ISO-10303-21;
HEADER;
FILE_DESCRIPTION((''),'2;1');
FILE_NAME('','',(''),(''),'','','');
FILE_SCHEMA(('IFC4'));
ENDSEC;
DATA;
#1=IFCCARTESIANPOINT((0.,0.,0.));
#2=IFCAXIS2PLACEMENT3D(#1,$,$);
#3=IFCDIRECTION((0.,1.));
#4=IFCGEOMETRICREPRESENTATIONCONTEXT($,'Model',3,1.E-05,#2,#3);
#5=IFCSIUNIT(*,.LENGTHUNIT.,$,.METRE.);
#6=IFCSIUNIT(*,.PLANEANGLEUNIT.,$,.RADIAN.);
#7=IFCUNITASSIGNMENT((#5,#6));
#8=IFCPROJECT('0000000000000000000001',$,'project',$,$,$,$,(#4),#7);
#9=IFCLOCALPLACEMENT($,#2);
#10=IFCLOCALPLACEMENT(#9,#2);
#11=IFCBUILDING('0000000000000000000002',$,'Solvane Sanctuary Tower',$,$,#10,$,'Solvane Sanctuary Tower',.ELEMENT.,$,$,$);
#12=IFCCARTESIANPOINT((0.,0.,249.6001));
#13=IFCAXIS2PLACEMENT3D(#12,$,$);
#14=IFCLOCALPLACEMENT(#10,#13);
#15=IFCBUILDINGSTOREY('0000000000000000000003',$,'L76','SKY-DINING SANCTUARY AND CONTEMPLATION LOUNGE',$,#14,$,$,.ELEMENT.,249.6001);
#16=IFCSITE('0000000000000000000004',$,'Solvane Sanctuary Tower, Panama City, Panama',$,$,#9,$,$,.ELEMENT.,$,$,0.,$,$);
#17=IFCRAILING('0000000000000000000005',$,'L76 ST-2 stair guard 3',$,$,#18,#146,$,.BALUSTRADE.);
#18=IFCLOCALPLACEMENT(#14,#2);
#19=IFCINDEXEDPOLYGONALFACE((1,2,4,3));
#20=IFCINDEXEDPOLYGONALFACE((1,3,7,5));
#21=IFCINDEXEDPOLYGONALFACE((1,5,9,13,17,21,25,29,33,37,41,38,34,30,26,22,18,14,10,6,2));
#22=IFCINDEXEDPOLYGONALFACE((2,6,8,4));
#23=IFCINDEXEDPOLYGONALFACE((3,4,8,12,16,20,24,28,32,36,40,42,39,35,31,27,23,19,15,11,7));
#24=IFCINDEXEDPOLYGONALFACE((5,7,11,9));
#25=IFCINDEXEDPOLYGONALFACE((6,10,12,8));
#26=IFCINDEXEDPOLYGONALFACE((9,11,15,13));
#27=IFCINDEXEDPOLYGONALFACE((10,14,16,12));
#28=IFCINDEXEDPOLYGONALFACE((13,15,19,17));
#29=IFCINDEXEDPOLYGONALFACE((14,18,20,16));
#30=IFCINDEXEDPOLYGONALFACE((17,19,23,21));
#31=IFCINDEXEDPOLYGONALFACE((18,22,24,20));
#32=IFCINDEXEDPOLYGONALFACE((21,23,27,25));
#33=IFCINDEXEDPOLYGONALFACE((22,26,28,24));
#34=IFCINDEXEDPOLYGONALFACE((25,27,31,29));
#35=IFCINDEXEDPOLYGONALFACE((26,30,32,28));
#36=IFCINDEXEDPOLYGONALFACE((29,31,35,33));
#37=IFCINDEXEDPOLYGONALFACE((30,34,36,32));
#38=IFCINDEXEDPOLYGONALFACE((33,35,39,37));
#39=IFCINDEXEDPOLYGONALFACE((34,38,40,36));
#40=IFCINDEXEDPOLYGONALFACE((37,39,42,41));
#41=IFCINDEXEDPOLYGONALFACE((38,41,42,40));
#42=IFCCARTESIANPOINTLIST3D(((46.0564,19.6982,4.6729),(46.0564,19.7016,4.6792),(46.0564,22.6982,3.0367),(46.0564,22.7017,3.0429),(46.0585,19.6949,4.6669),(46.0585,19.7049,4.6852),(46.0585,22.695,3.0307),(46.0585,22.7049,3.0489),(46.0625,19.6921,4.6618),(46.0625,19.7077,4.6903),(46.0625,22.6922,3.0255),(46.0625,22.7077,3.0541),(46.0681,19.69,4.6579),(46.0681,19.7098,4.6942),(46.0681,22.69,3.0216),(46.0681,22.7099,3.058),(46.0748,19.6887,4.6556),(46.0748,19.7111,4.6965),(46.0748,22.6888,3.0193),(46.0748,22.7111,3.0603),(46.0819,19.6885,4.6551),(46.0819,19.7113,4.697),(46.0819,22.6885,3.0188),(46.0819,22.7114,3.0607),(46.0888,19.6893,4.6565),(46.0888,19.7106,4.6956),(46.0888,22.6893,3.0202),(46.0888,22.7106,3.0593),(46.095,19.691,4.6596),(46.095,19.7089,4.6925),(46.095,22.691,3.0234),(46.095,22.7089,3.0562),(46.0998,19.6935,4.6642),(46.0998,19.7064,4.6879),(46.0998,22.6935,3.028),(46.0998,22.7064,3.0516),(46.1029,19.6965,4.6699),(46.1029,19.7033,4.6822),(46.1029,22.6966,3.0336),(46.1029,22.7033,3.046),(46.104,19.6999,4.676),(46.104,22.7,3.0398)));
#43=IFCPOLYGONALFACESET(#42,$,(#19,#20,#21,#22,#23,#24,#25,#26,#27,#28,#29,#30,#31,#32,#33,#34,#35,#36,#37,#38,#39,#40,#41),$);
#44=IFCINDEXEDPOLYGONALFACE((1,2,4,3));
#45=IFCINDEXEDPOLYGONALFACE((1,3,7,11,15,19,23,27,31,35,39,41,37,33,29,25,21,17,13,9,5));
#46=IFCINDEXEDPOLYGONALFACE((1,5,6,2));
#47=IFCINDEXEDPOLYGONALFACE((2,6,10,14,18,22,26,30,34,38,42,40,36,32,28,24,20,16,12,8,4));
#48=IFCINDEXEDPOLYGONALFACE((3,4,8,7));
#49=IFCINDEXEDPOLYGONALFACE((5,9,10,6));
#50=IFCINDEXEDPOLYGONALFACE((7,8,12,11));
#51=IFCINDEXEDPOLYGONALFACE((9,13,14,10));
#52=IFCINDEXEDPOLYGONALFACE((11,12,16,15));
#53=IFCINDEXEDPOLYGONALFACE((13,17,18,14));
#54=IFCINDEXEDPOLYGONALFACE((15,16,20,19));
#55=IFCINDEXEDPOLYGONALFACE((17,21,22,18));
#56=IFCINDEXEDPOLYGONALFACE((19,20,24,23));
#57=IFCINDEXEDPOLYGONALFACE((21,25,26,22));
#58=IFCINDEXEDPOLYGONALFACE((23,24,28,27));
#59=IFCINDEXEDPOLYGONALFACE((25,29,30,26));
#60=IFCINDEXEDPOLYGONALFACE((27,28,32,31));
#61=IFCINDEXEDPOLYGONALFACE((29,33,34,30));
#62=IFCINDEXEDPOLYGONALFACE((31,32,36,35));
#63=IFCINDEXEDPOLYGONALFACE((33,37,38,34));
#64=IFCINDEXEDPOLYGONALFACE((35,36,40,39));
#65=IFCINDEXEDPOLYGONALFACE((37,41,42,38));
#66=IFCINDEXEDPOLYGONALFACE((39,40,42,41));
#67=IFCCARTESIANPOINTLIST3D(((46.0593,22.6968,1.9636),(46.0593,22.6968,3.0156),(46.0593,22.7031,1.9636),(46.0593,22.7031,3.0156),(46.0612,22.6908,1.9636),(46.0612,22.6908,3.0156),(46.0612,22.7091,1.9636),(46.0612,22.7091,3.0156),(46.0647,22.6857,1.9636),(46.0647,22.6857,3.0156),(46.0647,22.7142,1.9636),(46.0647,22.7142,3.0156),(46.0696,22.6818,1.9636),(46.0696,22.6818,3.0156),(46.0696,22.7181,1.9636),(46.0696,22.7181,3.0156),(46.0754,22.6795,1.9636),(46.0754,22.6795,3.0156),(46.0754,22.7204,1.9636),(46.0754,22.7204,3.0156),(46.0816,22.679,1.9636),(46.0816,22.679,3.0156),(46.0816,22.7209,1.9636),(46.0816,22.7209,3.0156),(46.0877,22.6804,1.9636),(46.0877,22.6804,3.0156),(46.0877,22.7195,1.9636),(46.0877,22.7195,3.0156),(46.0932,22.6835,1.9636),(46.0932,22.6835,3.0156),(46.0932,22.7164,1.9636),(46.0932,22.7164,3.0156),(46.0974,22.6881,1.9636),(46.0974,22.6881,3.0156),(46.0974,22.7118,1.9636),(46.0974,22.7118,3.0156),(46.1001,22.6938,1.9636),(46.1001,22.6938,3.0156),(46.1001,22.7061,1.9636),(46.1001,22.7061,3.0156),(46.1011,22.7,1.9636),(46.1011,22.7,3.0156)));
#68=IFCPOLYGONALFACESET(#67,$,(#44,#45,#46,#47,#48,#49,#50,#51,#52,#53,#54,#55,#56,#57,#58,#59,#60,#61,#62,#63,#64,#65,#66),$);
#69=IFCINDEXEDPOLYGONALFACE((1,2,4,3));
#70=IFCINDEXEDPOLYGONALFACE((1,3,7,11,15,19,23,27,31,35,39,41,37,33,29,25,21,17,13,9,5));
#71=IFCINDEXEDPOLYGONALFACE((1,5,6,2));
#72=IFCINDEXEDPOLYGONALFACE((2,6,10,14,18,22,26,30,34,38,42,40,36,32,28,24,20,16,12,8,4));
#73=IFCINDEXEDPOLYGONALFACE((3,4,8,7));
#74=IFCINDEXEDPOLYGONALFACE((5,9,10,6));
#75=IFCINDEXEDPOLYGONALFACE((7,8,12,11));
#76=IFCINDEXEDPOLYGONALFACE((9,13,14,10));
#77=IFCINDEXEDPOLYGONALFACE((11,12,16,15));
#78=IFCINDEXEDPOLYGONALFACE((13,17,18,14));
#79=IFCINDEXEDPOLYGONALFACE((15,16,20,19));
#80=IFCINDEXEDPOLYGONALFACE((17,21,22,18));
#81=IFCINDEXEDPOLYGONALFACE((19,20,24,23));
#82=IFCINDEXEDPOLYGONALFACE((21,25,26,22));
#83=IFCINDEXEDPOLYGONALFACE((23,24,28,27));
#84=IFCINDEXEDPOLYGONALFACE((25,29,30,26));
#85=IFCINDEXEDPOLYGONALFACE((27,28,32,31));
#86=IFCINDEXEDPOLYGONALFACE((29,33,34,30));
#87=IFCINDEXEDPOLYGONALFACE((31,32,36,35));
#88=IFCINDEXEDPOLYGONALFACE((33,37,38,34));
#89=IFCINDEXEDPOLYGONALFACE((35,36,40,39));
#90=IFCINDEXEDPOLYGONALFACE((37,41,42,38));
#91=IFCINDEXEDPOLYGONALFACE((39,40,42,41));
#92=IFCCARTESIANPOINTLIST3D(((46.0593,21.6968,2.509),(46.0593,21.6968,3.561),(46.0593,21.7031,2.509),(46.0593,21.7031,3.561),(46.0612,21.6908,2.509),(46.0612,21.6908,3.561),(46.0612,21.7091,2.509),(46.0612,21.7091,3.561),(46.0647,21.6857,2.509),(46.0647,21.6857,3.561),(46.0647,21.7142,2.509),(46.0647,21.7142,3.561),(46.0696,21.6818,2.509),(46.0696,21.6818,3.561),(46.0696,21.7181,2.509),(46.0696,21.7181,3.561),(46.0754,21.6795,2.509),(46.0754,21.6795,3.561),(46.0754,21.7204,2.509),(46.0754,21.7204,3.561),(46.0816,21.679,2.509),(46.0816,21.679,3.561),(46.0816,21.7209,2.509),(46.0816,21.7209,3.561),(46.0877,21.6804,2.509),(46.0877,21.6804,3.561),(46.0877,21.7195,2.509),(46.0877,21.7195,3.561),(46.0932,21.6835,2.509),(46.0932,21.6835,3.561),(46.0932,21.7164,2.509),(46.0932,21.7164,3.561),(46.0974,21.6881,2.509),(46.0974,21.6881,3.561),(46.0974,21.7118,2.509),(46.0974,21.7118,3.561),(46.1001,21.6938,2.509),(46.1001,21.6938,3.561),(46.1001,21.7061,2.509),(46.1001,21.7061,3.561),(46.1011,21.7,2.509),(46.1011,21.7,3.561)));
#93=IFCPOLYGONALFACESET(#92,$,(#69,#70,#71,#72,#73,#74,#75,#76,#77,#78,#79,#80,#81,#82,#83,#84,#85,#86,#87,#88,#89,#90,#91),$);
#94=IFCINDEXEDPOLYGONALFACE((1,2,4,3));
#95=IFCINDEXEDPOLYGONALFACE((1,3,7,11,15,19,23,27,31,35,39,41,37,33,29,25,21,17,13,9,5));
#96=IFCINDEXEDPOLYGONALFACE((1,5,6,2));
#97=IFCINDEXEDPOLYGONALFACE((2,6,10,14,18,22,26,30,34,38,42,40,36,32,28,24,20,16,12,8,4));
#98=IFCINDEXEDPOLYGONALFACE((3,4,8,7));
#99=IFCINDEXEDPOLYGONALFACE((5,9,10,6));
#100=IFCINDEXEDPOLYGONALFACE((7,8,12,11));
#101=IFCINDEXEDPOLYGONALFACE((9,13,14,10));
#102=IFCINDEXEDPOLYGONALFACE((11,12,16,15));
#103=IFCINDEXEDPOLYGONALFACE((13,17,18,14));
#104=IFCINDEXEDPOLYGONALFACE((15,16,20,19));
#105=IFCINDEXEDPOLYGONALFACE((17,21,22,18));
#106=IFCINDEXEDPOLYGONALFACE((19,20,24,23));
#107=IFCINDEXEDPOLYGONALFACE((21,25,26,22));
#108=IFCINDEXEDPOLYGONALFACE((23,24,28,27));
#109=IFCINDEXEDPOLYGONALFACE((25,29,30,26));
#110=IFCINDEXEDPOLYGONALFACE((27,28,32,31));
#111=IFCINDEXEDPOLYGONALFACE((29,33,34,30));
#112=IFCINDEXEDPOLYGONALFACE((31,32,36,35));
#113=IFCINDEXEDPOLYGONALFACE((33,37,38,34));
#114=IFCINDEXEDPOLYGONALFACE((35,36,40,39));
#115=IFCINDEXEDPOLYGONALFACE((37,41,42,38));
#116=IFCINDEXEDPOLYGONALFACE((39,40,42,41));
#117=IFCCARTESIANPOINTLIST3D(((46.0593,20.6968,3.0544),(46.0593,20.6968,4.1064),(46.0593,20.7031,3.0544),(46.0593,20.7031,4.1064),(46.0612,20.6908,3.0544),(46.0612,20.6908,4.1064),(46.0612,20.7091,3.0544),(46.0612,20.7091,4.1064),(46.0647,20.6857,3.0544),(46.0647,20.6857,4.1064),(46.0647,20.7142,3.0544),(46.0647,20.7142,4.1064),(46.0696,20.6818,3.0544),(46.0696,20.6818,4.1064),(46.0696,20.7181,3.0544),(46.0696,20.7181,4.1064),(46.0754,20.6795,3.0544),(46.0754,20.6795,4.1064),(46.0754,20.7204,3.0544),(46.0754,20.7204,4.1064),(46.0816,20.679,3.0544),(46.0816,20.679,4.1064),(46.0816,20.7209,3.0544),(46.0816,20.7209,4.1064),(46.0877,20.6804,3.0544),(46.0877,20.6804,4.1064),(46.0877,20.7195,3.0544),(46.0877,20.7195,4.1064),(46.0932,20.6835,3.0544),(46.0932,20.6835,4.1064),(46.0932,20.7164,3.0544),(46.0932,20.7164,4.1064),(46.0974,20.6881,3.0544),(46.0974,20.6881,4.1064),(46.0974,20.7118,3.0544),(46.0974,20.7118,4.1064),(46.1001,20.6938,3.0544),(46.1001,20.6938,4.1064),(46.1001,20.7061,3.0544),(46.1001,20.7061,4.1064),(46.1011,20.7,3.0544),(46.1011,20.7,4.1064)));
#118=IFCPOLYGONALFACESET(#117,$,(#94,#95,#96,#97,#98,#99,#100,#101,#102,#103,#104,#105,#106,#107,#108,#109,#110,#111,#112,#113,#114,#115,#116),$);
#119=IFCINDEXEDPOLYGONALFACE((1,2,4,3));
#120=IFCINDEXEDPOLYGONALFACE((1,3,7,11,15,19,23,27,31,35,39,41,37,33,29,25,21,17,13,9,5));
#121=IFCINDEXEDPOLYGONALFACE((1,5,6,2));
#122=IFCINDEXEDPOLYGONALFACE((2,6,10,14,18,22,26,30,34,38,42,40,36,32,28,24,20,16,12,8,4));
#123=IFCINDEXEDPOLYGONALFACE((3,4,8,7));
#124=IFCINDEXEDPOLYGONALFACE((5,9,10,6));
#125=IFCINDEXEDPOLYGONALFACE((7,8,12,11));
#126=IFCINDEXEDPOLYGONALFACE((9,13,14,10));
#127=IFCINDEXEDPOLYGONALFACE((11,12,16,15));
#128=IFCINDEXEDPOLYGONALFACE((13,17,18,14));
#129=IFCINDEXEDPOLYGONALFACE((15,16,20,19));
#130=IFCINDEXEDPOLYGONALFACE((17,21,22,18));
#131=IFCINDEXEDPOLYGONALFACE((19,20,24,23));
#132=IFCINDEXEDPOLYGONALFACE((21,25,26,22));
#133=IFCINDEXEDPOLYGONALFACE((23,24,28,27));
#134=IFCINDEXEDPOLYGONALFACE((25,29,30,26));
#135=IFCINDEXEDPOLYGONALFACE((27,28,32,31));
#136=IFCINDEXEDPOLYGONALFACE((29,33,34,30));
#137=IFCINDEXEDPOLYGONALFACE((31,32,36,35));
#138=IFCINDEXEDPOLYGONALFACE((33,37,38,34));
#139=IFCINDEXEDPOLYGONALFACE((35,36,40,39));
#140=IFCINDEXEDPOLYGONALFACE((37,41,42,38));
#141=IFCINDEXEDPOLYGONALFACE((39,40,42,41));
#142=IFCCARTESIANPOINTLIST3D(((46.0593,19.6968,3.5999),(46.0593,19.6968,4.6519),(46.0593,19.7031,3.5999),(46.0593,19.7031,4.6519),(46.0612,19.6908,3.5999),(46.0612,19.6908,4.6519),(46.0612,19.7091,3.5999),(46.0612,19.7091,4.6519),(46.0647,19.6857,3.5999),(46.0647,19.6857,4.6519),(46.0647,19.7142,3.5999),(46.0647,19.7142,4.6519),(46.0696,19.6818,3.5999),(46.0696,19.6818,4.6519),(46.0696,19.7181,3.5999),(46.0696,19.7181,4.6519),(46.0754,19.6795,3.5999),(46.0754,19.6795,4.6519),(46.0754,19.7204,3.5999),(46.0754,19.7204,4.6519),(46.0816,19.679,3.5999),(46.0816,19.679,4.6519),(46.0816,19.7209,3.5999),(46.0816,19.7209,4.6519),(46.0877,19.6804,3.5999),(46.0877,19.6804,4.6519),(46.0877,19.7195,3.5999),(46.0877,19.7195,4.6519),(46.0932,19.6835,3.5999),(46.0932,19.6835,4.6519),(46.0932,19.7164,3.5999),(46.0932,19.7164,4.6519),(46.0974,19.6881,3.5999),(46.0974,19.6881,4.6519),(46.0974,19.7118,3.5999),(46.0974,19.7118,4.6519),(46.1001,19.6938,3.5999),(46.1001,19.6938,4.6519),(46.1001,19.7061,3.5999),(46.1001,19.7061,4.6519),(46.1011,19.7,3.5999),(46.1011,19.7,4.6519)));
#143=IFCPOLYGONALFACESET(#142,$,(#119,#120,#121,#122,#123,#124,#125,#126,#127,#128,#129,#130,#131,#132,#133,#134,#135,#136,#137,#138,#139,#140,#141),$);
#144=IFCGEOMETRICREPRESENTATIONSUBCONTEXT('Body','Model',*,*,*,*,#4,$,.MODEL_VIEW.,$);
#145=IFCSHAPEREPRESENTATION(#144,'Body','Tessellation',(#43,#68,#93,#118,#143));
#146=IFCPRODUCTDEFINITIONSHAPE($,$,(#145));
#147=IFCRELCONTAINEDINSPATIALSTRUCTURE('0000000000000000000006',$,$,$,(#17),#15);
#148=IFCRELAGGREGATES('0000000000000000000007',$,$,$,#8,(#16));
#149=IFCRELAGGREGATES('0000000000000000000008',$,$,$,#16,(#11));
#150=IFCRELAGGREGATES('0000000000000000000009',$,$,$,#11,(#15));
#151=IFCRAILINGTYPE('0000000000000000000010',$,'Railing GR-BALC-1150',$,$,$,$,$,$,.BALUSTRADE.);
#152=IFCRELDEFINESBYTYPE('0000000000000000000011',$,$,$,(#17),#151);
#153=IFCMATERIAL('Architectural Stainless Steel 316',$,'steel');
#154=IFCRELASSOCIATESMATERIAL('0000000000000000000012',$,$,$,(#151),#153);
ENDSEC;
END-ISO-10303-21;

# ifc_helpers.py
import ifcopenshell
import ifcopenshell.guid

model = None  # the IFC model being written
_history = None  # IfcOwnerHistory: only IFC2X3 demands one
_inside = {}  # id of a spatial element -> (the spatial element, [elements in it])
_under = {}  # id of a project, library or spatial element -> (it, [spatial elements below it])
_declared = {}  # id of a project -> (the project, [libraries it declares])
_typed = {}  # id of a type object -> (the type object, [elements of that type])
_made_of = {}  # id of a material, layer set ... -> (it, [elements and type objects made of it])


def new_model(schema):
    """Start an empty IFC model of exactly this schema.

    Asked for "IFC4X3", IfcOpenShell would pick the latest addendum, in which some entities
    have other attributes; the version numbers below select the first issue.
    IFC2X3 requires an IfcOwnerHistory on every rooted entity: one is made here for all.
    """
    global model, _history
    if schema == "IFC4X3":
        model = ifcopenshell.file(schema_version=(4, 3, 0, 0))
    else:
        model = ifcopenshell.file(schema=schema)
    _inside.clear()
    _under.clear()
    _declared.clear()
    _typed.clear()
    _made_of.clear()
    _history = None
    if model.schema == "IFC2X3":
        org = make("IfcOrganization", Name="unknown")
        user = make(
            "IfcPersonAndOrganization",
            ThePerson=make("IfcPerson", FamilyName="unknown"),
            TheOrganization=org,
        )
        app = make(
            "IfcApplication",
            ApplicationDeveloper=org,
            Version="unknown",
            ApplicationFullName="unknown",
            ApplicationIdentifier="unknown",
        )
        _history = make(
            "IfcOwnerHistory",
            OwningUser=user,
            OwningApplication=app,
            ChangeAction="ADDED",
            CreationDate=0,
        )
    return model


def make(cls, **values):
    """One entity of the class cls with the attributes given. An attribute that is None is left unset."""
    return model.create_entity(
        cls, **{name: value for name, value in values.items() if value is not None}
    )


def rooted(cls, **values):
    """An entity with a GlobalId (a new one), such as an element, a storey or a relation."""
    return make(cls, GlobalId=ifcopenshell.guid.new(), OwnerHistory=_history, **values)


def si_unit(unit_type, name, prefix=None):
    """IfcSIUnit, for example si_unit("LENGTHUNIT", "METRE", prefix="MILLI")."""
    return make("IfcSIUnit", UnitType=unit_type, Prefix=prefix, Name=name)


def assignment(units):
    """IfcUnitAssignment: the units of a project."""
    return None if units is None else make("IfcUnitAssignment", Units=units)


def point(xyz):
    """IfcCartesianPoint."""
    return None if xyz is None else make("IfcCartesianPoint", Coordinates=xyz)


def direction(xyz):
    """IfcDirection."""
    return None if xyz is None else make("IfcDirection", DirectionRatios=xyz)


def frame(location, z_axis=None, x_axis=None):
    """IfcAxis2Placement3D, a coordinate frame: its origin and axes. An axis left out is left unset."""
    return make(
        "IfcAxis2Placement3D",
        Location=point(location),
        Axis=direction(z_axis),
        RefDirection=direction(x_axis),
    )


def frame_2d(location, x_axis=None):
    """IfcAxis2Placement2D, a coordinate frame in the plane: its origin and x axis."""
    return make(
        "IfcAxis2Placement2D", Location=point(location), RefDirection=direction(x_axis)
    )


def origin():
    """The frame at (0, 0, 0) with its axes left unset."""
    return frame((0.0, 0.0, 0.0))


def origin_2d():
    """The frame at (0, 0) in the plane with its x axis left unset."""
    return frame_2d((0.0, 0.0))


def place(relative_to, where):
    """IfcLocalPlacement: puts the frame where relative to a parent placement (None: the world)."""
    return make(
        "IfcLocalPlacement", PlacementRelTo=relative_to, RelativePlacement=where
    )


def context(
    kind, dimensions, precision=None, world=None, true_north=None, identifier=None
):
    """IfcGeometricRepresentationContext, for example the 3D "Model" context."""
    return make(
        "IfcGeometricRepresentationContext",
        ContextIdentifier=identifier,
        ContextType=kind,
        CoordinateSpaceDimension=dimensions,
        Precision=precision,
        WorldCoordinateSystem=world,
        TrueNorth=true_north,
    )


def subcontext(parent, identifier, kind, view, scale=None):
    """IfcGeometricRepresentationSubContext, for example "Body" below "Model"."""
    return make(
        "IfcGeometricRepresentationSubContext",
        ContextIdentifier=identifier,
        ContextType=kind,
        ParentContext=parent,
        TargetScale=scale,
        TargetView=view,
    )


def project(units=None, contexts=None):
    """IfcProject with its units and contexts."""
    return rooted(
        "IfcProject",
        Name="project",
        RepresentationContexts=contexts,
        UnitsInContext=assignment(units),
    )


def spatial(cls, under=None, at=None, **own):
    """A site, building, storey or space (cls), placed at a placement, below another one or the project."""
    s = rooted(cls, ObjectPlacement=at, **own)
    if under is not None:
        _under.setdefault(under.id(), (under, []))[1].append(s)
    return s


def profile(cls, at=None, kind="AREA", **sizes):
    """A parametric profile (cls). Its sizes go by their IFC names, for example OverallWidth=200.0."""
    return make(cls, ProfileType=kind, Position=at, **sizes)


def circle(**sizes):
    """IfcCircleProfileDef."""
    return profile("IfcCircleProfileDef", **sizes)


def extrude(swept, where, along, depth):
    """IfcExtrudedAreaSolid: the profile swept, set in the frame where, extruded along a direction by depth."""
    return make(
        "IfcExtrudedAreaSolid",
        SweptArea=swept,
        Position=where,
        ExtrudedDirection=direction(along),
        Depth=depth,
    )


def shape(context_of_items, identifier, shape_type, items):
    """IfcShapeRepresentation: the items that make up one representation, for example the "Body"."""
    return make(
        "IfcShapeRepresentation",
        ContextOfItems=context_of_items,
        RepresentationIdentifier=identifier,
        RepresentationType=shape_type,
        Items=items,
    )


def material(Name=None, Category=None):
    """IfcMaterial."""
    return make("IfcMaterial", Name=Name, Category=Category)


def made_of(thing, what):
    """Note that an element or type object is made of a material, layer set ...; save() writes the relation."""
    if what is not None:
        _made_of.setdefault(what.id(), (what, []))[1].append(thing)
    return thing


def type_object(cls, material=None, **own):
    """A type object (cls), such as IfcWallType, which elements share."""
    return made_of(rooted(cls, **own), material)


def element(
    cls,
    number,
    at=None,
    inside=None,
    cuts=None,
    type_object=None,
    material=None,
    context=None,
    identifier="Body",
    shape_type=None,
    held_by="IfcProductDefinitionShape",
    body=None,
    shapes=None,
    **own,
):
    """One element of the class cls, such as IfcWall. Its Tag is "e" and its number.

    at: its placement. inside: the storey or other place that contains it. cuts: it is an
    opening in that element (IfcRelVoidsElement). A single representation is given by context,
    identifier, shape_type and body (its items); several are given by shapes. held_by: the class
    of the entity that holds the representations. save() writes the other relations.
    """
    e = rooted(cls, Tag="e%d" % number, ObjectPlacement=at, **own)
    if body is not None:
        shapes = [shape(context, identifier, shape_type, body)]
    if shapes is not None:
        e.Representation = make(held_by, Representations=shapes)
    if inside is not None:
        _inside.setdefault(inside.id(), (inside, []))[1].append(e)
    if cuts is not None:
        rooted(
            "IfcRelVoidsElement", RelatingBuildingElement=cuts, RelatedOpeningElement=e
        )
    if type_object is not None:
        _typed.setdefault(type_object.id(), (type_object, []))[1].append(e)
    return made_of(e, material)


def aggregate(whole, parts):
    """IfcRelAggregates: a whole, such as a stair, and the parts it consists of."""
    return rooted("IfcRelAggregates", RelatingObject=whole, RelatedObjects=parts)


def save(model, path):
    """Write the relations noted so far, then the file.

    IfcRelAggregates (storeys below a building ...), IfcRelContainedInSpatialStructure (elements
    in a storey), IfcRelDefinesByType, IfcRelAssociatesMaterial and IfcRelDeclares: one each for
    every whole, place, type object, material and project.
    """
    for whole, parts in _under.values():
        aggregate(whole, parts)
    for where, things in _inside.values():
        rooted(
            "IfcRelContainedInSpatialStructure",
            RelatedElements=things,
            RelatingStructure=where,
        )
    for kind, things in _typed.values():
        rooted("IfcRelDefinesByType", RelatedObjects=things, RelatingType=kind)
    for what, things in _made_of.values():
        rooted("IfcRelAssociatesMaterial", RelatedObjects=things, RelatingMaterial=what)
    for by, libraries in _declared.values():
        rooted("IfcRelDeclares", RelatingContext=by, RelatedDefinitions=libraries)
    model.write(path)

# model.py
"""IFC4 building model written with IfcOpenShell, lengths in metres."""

from ifc_helpers import new_model, si_unit, direction, frame, origin, origin_2d, place, context, subcontext, project, spatial, circle, extrude, material, type_object, element, save


model = new_model("IFC4")

# Units and contexts
model_context = context("Model", 3, precision=1e-05, world=origin(), true_north=direction((0.0, 1.0)))
body_context = subcontext(model_context, "Body", "Model", "MODEL_VIEW")
ifc_project = project(units=[si_unit("LENGTHUNIT", "METRE"), si_unit("PLANEANGLEUNIT", "RADIAN")], contexts=[model_context])

# Site, building, storey
site_placement = place(None, origin())
site = spatial("IfcSite", under=ifc_project, at=site_placement, Name="Solvane Sanctuary Tower, Panama City, Panama", CompositionType="ELEMENT", RefElevation=0.0)
building_placement = place(site_placement, origin())
building = spatial("IfcBuilding", under=site, at=building_placement, Name="Solvane Sanctuary Tower", LongName="Solvane Sanctuary Tower", CompositionType="ELEMENT")
storey_placement = place(building_placement, frame((0.0, 0.0, 249.6001)))
storey = spatial("IfcBuildingStorey", under=building, at=storey_placement, Name="L76", Description="SKY-DINING SANCTUARY AND CONTEMPLATION LOUNGE", CompositionType="ELEMENT", Elevation=249.6001)

# Shared definitions
ifc_material_1 = material(Name="Architectural Stainless Steel 316", Category="steel")

# Railing
railing_type_1 = type_object("IfcRailingType", Name="Railing GR-BALC-1150", PredefinedType="BALUSTRADE", material=ifc_material_1)
railing_1_placement = place(storey_placement, frame((46.0801, 22.7, 1.9636)))
element("IfcRailing", 1, at=railing_1_placement, inside=storey, type_object=railing_type_1, Name="L76 ST-2 stair guard 3", PredefinedType="BALUSTRADE", context=body_context, shape_type="SweptSolid", body=[
    extrude(circle(Radius=0.0239, at=origin_2d()), frame((0.0, 0.0, 1.0762), z_axis=(0.0, -0.877912, 0.478822), x_axis=(1.0, 0.0, 0.0)), (0.0, 0.0, 1.0), 3.4172),
    extrude(circle(Radius=0.021, at=origin_2d()), origin(), (0.0, 0.0, 1.0), 1.052),
    extrude(circle(Radius=0.021, at=origin_2d()), frame((0.0, -1.0, 0.5454)), (0.0, 0.0, 1.0), 1.052),
    extrude(circle(Radius=0.021, at=origin_2d()), frame((0.0, -2.0, 1.0908)), (0.0, 0.0, 1.0), 1.052),
    extrude(circle(Radius=0.021, at=origin_2d()), frame((0.0, -3.0, 1.6362)), (0.0, 0.0, 1.0), 1.052),
])

save(model, "model.ifc")
